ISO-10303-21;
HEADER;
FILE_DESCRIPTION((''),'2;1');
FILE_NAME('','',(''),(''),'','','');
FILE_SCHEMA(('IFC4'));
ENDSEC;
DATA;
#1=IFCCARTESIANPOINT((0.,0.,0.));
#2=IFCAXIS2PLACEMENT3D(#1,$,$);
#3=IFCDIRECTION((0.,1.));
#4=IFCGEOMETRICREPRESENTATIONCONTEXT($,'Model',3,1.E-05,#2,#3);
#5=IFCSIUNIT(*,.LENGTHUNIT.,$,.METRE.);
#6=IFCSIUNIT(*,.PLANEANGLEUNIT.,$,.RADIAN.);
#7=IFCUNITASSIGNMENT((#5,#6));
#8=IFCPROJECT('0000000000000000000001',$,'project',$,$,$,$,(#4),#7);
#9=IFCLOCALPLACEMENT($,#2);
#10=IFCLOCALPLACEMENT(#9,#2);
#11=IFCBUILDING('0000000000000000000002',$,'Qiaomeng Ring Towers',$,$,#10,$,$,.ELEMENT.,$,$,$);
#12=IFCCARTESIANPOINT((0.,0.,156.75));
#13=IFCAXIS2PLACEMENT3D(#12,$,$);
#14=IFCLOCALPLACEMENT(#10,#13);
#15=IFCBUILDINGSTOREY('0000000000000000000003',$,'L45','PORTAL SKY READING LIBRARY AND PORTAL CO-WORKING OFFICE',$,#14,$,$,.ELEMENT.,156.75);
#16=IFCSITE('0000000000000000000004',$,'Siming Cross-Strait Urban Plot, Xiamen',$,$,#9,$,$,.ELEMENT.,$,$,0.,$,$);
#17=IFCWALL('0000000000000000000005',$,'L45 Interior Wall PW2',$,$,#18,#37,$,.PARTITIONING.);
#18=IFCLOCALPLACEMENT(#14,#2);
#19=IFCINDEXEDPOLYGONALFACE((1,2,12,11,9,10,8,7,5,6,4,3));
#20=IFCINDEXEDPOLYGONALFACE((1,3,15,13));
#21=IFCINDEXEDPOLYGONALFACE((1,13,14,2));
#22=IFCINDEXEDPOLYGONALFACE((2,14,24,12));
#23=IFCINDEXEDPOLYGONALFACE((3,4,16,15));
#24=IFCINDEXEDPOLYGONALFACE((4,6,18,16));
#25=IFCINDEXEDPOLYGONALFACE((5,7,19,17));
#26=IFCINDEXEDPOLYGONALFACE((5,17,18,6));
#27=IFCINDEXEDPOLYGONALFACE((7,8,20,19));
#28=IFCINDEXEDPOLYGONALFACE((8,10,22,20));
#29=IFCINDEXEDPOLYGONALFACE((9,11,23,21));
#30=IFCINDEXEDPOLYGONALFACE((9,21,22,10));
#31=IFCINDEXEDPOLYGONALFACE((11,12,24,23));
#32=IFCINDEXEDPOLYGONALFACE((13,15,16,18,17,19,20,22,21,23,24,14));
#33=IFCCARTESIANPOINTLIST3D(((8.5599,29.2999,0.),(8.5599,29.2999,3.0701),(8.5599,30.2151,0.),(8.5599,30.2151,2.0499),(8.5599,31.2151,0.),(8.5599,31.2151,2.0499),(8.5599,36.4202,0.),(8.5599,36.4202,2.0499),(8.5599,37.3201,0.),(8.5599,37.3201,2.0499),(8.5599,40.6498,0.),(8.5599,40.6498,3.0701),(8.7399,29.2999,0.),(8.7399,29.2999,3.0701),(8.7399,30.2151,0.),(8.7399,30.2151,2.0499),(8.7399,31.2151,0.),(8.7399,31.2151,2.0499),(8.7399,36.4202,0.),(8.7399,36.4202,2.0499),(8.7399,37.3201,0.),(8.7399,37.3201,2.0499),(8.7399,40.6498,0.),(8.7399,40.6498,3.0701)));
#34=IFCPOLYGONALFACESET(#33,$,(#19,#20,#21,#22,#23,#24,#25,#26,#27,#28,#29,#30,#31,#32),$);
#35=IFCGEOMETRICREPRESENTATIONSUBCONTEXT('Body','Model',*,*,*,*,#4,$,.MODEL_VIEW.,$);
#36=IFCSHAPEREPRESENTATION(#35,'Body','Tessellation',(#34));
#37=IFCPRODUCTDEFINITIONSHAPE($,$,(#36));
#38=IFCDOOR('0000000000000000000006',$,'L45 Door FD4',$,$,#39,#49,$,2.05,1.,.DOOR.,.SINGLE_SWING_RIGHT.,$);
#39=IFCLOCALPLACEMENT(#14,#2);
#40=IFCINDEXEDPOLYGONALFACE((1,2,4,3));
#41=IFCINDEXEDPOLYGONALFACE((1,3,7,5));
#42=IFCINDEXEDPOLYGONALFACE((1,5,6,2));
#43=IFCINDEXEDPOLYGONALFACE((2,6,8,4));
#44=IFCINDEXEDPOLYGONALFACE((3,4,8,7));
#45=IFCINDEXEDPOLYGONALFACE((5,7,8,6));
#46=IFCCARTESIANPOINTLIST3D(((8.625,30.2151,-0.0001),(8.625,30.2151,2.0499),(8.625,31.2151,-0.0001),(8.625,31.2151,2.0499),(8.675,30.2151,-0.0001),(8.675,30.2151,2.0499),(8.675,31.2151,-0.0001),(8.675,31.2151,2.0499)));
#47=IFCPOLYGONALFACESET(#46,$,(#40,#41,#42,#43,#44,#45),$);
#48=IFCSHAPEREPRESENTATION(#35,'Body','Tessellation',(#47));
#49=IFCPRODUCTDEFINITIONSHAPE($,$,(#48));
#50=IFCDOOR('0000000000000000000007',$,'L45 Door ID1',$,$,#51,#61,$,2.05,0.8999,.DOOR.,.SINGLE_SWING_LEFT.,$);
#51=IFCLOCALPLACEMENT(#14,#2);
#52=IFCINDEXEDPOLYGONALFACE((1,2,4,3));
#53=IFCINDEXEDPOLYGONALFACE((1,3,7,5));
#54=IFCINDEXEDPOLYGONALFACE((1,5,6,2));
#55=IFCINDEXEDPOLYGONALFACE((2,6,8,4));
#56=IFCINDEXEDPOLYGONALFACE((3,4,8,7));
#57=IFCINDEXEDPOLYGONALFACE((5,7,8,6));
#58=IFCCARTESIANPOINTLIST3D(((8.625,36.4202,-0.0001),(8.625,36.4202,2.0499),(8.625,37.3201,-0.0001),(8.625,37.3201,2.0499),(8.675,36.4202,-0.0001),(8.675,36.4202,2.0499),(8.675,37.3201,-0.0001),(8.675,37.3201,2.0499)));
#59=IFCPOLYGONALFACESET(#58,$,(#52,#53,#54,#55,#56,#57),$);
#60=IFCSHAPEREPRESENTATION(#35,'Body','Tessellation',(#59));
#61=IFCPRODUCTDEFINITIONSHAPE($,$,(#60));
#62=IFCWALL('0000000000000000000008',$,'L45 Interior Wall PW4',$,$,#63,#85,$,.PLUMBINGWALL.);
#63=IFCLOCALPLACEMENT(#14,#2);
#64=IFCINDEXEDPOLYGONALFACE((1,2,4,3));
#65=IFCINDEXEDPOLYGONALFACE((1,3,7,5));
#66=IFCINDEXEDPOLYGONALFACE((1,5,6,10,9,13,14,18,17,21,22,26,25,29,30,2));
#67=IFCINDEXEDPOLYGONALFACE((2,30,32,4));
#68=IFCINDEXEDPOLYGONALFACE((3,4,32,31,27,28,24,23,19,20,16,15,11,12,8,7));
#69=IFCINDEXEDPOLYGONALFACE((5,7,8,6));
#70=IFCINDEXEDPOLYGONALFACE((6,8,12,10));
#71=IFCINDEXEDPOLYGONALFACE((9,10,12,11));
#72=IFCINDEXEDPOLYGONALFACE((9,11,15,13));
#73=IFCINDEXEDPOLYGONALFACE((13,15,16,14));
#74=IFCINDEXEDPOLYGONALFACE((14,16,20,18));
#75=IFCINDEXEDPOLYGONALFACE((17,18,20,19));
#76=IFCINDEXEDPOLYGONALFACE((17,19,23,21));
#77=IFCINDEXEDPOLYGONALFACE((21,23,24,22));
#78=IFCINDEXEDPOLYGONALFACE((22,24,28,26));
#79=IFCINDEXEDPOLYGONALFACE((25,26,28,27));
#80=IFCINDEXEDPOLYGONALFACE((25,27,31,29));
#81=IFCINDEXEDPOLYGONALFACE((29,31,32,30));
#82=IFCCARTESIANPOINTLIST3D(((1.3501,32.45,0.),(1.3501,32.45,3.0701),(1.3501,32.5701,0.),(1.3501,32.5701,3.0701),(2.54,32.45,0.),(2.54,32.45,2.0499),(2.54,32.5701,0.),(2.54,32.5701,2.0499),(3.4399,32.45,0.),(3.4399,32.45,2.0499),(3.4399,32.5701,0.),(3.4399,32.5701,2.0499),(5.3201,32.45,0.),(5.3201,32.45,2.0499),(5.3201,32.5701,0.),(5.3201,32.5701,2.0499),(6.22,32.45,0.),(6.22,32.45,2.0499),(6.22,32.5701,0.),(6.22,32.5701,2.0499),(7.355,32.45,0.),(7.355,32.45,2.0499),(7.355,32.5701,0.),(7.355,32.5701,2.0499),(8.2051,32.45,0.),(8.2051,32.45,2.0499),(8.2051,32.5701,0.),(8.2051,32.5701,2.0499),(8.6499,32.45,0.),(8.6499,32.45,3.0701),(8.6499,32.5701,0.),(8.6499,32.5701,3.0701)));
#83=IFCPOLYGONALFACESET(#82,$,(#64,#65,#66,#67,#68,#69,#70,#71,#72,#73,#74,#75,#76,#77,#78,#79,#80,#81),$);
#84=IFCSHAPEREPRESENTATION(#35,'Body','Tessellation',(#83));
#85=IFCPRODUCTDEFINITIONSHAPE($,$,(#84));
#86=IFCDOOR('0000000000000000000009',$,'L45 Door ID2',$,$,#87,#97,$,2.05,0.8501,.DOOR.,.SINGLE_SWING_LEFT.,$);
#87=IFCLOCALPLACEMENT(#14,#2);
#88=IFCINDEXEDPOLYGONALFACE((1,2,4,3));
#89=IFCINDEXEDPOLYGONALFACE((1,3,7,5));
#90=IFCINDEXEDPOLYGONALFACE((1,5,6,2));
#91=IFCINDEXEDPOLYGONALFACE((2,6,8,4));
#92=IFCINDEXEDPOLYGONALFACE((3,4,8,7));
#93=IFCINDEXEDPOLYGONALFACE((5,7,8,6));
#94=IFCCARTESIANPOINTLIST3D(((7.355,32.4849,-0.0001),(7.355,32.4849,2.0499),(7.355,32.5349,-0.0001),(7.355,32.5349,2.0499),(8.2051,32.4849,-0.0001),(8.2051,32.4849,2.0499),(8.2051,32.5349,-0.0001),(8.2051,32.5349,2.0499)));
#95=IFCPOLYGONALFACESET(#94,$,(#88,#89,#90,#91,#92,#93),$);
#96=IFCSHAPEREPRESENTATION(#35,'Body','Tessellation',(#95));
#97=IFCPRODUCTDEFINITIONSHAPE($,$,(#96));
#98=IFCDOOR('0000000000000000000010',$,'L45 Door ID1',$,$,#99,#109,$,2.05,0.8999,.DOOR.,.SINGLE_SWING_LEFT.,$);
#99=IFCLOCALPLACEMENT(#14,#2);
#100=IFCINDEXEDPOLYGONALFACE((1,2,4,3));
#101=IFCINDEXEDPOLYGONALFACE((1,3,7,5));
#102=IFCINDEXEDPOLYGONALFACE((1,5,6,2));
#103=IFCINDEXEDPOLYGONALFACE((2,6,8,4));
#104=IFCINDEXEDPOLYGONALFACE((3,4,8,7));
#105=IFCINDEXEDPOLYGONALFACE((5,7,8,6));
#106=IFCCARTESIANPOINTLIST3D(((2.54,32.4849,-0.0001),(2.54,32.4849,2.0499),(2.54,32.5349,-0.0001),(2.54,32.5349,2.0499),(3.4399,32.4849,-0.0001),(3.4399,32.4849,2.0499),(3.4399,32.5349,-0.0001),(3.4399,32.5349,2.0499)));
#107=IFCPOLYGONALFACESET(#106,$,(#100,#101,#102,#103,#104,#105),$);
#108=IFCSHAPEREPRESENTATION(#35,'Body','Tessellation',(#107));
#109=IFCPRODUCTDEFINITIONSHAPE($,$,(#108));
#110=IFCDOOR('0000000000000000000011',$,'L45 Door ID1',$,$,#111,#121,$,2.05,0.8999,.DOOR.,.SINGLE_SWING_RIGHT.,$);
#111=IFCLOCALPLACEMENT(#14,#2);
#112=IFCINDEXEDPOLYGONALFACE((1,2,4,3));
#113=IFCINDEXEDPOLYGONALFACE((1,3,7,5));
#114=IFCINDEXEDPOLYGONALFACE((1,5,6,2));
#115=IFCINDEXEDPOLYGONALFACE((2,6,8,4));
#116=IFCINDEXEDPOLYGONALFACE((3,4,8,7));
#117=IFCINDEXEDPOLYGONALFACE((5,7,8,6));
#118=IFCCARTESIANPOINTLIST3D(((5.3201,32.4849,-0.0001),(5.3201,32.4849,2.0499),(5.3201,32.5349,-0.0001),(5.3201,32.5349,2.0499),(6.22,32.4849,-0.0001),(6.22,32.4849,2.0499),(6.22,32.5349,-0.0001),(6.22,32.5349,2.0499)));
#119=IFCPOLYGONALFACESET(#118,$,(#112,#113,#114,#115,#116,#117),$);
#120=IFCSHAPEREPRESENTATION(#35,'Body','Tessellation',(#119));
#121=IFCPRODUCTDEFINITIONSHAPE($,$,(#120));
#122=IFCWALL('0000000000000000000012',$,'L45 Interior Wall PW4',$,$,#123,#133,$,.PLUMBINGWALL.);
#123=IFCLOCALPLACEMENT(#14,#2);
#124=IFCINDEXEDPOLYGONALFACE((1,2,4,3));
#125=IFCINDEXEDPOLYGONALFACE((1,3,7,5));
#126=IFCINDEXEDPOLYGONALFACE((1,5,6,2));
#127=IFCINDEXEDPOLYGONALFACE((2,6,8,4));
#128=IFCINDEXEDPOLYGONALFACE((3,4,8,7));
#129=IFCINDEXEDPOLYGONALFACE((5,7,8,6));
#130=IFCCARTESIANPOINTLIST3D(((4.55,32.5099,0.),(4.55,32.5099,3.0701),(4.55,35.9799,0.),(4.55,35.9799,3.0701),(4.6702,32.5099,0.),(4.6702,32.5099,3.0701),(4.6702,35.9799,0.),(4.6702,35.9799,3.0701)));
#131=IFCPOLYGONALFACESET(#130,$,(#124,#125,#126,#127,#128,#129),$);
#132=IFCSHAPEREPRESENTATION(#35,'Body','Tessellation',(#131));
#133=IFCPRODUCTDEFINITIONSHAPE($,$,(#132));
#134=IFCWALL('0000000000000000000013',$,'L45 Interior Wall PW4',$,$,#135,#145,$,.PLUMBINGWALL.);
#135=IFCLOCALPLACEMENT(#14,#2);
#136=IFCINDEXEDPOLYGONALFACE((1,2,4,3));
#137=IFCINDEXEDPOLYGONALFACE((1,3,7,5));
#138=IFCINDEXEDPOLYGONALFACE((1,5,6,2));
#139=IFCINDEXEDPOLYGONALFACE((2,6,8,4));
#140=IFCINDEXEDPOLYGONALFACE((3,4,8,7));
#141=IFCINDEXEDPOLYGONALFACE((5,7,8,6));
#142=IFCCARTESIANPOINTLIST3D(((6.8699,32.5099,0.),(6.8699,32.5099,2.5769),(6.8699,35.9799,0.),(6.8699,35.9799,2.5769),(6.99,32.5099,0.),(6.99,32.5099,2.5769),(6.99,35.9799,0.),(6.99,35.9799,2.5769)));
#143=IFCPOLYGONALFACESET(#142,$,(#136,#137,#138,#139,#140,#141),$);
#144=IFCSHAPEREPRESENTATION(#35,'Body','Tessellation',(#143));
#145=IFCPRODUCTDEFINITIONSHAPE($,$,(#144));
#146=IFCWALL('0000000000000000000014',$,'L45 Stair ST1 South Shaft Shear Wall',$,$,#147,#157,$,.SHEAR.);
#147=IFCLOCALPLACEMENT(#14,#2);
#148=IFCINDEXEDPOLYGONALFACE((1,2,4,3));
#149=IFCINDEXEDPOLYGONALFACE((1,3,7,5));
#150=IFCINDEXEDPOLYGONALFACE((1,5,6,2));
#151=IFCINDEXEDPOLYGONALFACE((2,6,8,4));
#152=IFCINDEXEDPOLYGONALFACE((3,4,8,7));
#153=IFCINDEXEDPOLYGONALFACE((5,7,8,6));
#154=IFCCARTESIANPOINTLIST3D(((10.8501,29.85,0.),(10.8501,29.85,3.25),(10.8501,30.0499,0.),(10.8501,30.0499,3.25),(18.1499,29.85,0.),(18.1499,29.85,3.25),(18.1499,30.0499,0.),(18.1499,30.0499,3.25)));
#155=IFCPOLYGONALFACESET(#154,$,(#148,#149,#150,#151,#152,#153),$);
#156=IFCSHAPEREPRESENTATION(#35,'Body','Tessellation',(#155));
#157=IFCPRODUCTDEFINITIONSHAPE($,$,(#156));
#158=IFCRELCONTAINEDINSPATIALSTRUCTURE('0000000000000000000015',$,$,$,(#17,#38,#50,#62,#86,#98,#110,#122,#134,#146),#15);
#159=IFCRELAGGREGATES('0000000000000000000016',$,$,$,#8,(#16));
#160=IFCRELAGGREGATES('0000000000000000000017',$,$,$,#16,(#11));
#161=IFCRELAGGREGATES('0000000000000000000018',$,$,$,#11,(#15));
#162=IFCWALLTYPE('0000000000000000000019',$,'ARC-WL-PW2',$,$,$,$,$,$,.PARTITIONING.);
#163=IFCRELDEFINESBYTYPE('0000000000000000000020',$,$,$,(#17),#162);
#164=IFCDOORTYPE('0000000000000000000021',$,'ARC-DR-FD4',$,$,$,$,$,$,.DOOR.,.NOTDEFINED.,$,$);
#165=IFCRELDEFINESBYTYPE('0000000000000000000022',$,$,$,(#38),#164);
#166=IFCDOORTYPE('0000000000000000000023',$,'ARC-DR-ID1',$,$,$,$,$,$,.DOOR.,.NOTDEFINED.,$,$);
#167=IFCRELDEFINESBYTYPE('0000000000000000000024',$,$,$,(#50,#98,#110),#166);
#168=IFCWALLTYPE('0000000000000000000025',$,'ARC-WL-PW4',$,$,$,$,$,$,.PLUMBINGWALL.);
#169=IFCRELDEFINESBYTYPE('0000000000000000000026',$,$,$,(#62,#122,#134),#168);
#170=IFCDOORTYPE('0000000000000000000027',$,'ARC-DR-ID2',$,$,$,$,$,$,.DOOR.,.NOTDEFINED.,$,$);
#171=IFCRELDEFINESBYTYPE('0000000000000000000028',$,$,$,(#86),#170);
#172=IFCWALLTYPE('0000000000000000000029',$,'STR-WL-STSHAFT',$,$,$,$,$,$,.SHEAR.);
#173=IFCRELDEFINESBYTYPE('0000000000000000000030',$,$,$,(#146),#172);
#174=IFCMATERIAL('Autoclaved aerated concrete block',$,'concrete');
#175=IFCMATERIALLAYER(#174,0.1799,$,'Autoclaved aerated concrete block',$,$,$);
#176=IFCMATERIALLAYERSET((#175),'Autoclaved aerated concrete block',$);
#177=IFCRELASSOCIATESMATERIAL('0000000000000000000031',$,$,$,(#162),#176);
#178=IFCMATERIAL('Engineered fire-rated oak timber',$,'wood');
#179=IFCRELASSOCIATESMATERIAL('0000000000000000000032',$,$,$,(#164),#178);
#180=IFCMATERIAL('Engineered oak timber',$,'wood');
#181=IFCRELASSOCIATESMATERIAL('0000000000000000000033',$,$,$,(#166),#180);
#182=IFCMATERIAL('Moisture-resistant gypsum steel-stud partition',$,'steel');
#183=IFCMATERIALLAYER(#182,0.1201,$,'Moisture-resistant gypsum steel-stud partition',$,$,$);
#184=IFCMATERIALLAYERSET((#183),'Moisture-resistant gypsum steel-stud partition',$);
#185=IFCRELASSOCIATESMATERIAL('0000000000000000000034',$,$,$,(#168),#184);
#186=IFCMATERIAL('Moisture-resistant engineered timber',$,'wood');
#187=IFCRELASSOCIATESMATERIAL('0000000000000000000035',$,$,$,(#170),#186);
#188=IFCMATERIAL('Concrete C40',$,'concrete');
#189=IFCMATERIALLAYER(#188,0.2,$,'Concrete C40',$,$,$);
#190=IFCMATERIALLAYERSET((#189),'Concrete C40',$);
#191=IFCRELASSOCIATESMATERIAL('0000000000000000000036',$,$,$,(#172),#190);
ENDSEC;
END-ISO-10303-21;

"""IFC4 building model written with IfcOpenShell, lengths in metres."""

from ifc_helpers import new_model, si_unit, direction, frame, frame_2d, origin, place, context, subcontext, project, spatial, rectangle, extrude, source, transform, mapped, material, layer, layer_set, type_object, element, fill, save


model = new_model("IFC4")

# Units and contexts
model_context = context("Model", 3, precision=1e-05, world=origin(), true_north=direction((0.0, 1.0)))
body_context = subcontext(model_context, "Body", "Model", "MODEL_VIEW")
ifc_project = project(units=[si_unit("LENGTHUNIT", "METRE"), si_unit("PLANEANGLEUNIT", "RADIAN")], contexts=[model_context])

# Site, building, storey
site_placement = place(None, origin())
site = spatial("IfcSite", under=ifc_project, at=site_placement, Name="Siming Cross-Strait Urban Plot, Xiamen", CompositionType="ELEMENT", RefElevation=0.0)
building_placement = place(site_placement, origin())
building = spatial("IfcBuilding", under=site, at=building_placement, Name="Qiaomeng Ring Towers", CompositionType="ELEMENT")
storey_placement = place(building_placement, frame((0.0, 0.0, 156.75)))
storey = spatial("IfcBuildingStorey", under=building, at=storey_placement, Name="L45", Description="PORTAL SKY READING LIBRARY AND PORTAL CO-WORKING OFFICE", CompositionType="ELEMENT", Elevation=156.75)

# Walls, openings, doors
ifc_material_1 = material(Name="Autoclaved aerated concrete block", Category="concrete")
ifc_layer_1 = layer(ifc_material_1, 0.1799, Name="Autoclaved aerated concrete block")
ifc_layer_set_1 = layer_set([ifc_layer_1], Name="Autoclaved aerated concrete block")
wall_type_1 = type_object("IfcWallType", Name="ARC-WL-PW2", PredefinedType="PARTITIONING", material=ifc_layer_set_1)
wall_1_placement = place(storey_placement, frame((8.6499, 29.3, 0.0), z_axis=(0.0, 0.0, 1.0), x_axis=(0.0, 1.0, 0.0)))
wall_1 = element("IfcWall", 1, at=wall_1_placement, inside=storey, type_object=wall_type_1, Name="L45 Interior Wall PW2", PredefinedType="PARTITIONING", context=body_context, shape_type="SweptSolid", body=[
    extrude(rectangle(XDim=11.3499, YDim=0.1799, at=frame_2d((5.6748, 0.0))), origin(), (0.0, 0.0, 1.0), 3.0701),
])
opening_1_placement = place(wall_1_placement, frame((0.915, 0.0, 0.0)))
opening_1 = element("IfcOpeningElement", 2, at=opening_1_placement, cuts=wall_1, PredefinedType="OPENING", context=body_context, shape_type="SweptSolid", body=[
    extrude(rectangle(XDim=1.0, YDim=2.05, at=frame_2d((0.5, 1.0249))), frame((0.0, 0.0999, 0.0), z_axis=(0.0, -1.0, 0.0), x_axis=(1.0, 0.0, 0.0)), (0.0, 0.0, 1.0), 0.2),
])
opening_2_placement = place(wall_1_placement, frame((7.1201, 0.0, 0.0)))
opening_2 = element("IfcOpeningElement", 3, at=opening_2_placement, cuts=wall_1, PredefinedType="OPENING", context=body_context, shape_type="SweptSolid", body=[
    extrude(rectangle(XDim=0.8999, YDim=2.05, at=frame_2d((0.45, 1.0249))), frame((0.0, 0.0999, 0.0), z_axis=(0.0, -1.0, 0.0), x_axis=(1.0, 0.0, 0.0)), (0.0, 0.0, 1.0), 0.2),
])
ifc_material_2 = material(Name="Engineered fire-rated oak timber", Category="wood")
door_type_1 = type_object("IfcDoorType", Name="ARC-DR-FD4", OperationType="NOTDEFINED", PredefinedType="DOOR", material=ifc_material_2)
shared_shape_1 = source(origin(), body_context, "Body", "SweptSolid", [
    extrude(rectangle(XDim=1.0, YDim=2.05, at=frame_2d((0.5, 1.0249))), frame((0.0, 0.0249, 0.0), z_axis=(0.0, -1.0, 0.0), x_axis=(1.0, 0.0, 0.0)), (0.0, 0.0, 1.0), 0.05),
])
door_1_placement = place(opening_1_placement, origin())
door_1 = element("IfcDoor", 4, at=door_1_placement, inside=storey, type_object=door_type_1, Name="L45 Door FD4", OperationType="SINGLE_SWING_RIGHT", OverallHeight=2.05, OverallWidth=1.0, PredefinedType="DOOR", context=body_context, shape_type="MappedRepresentation", body=[
    mapped(shared_shape_1, transform((0.0, 0.0, 0.0), x_axis=(1.0, 0.0, 0.0), y_axis=(0.0, 1.0, 0.0), z_axis=(0.0, 0.0, 1.0), scale=1.0)),
])
fill(opening_1, door_1)
ifc_material_3 = material(Name="Engineered oak timber", Category="wood")
door_type_2 = type_object("IfcDoorType", Name="ARC-DR-ID1", OperationType="NOTDEFINED", PredefinedType="DOOR", material=ifc_material_3)
shared_shape_2 = source(origin(), body_context, "Body", "SweptSolid", [
    extrude(rectangle(XDim=0.8999, YDim=2.05, at=frame_2d((0.45, 1.0249))), frame((0.0, 0.0249, 0.0), z_axis=(0.0, -1.0, 0.0), x_axis=(1.0, 0.0, 0.0)), (0.0, 0.0, 1.0), 0.05),
])
door_2_placement = place(opening_2_placement, origin())
door_2 = element("IfcDoor", 5, at=door_2_placement, inside=storey, type_object=door_type_2, Name="L45 Door ID1", OperationType="SINGLE_SWING_LEFT", OverallHeight=2.05, OverallWidth=0.8999, PredefinedType="DOOR", context=body_context, shape_type="MappedRepresentation", body=[
    mapped(shared_shape_2, transform((0.0, 0.0, 0.0), x_axis=(1.0, 0.0, 0.0), y_axis=(0.0, 1.0, 0.0), z_axis=(0.0, 0.0, 1.0), scale=1.0)),
])
fill(opening_2, door_2)
ifc_material_4 = material(Name="Moisture-resistant gypsum steel-stud partition", Category="steel")
ifc_layer_2 = layer(ifc_material_4, 0.1201, Name="Moisture-resistant gypsum steel-stud partition")
ifc_layer_set_2 = layer_set([ifc_layer_2], Name="Moisture-resistant gypsum steel-stud partition")
wall_type_2 = type_object("IfcWallType", Name="ARC-WL-PW4", PredefinedType="PLUMBINGWALL", material=ifc_layer_set_2)
wall_2_placement = place(storey_placement, frame((1.3501, 32.51, 0.0), z_axis=(0.0, 0.0, 1.0), x_axis=(1.0, 0.0, 0.0)))
wall_2 = element("IfcWall", 6, at=wall_2_placement, inside=storey, type_object=wall_type_2, Name="L45 Interior Wall PW4", PredefinedType="PLUMBINGWALL", context=body_context, shape_type="SweptSolid", body=[
    extrude(rectangle(XDim=7.2998, YDim=0.1201, at=frame_2d((3.6499, 0.0))), origin(), (0.0, 0.0, 1.0), 3.0701),
])
opening_3_placement = place(wall_2_placement, frame((1.1899, 0.0, 0.0)))
opening_3 = element("IfcOpeningElement", 7, at=opening_3_placement, cuts=wall_2, PredefinedType="OPENING", context=body_context, shape_type="SweptSolid", body=[
    extrude(rectangle(XDim=0.8999, YDim=2.05, at=frame_2d((0.45, 1.0249))), frame((0.0, 0.0701, 0.0), z_axis=(0.0, -1.0, 0.0), x_axis=(1.0, 0.0, 0.0)), (0.0, 0.0, 1.0), 0.1401),
])
opening_4_placement = place(wall_2_placement, frame((3.97, 0.0, 0.0)))
opening_4 = element("IfcOpeningElement", 8, at=opening_4_placement, cuts=wall_2, PredefinedType="OPENING", context=body_context, shape_type="SweptSolid", body=[
    extrude(rectangle(XDim=0.8999, YDim=2.05, at=frame_2d((0.45, 1.0249))), frame((0.0, 0.0701, 0.0), z_axis=(0.0, -1.0, 0.0), x_axis=(1.0, 0.0, 0.0)), (0.0, 0.0, 1.0), 0.1401),
])
opening_5_placement = place(wall_2_placement, frame((6.0049, 0.0, 0.0)))
opening_5 = element("IfcOpeningElement", 9, at=opening_5_placement, cuts=wall_2, PredefinedType="OPENING", context=body_context, shape_type="SweptSolid", body=[
    extrude(rectangle(XDim=0.8501, YDim=2.05, at=frame_2d((0.425, 1.0249))), frame((0.0, 0.0701, 0.0), z_axis=(0.0, -1.0, 0.0), x_axis=(1.0, 0.0, 0.0)), (0.0, 0.0, 1.0), 0.1401),
])
ifc_material_5 = material(Name="Moisture-resistant engineered timber", Category="wood")
door_type_3 = type_object("IfcDoorType", Name="ARC-DR-ID2", OperationType="NOTDEFINED", PredefinedType="DOOR", material=ifc_material_5)
shared_shape_3 = source(origin(), body_context, "Body", "SweptSolid", [
    extrude(rectangle(XDim=0.8501, YDim=2.05, at=frame_2d((0.425, 1.0249))), frame((0.0, 0.0249, 0.0), z_axis=(0.0, -1.0, 0.0), x_axis=(1.0, 0.0, 0.0)), (0.0, 0.0, 1.0), 0.05),
])
door_3_placement = place(opening_5_placement, origin())
door_3 = element("IfcDoor", 10, at=door_3_placement, inside=storey, type_object=door_type_3, Name="L45 Door ID2", OperationType="SINGLE_SWING_LEFT", OverallHeight=2.05, OverallWidth=0.8501, PredefinedType="DOOR", context=body_context, shape_type="MappedRepresentation", body=[
    mapped(shared_shape_3, transform((0.0, 0.0, 0.0), x_axis=(1.0, 0.0, 0.0), y_axis=(0.0, 1.0, 0.0), z_axis=(0.0, 0.0, 1.0), scale=1.0)),
])
fill(opening_5, door_3)
door_4_placement = place(opening_3_placement, origin())
door_4 = element("IfcDoor", 11, at=door_4_placement, inside=storey, type_object=door_type_2, Name="L45 Door ID1", OperationType="SINGLE_SWING_LEFT", OverallHeight=2.05, OverallWidth=0.8999, PredefinedType="DOOR", context=body_context, shape_type="MappedRepresentation", body=[
    mapped(shared_shape_2, transform((0.0, 0.0, 0.0), x_axis=(1.0, 0.0, 0.0), y_axis=(0.0, 1.0, 0.0), z_axis=(0.0, 0.0, 1.0), scale=1.0)),
])
fill(opening_3, door_4)
door_5_placement = place(opening_4_placement, origin())
door_5 = element("IfcDoor", 12, at=door_5_placement, inside=storey, type_object=door_type_2, Name="L45 Door ID1", OperationType="SINGLE_SWING_RIGHT", OverallHeight=2.05, OverallWidth=0.8999, PredefinedType="DOOR", context=body_context, shape_type="MappedRepresentation", body=[
    mapped(shared_shape_2, transform((0.0, 0.0, 0.0), x_axis=(1.0, 0.0, 0.0), y_axis=(0.0, 1.0, 0.0), z_axis=(0.0, 0.0, 1.0), scale=1.0)),
])
fill(opening_4, door_5)

# Walls
wall_3_placement = place(storey_placement, frame((4.6101, 32.51, 0.0), z_axis=(0.0, 0.0, 1.0), x_axis=(0.0, 1.0, 0.0)))
element("IfcWall", 13, at=wall_3_placement, inside=storey, type_object=wall_type_2, Name="L45 Interior Wall PW4", PredefinedType="PLUMBINGWALL", context=body_context, shape_type="SweptSolid", body=[
    extrude(rectangle(XDim=3.47, YDim=0.1201, at=frame_2d((1.7349, 0.0))), origin(), (0.0, 0.0, 1.0), 3.0701),
])
wall_4_placement = place(storey_placement, frame((6.9299, 32.51, 0.0), z_axis=(0.0, 0.0, 1.0), x_axis=(0.0, 1.0, 0.0)))
element("IfcWall", 14, at=wall_4_placement, inside=storey, type_object=wall_type_2, Name="L45 Interior Wall PW4", PredefinedType="PLUMBINGWALL", context=body_context, shape_type="SweptSolid", body=[
    extrude(rectangle(XDim=3.47, YDim=0.1201, at=frame_2d((1.7349, 0.0))), origin(), (0.0, 0.0, 1.0), 2.5769),
])
ifc_material_6 = material(Name="Concrete C40", Category="concrete")
ifc_layer_3 = layer(ifc_material_6, 0.2, Name="Concrete C40")
ifc_layer_set_3 = layer_set([ifc_layer_3], Name="Concrete C40")
wall_type_3 = type_object("IfcWallType", Name="STR-WL-STSHAFT", PredefinedType="SHEAR", material=ifc_layer_set_3)
wall_5_placement = place(storey_placement, frame((10.8501, 29.95, 0.0), z_axis=(0.0, 0.0, 1.0), x_axis=(1.0, 0.0, 0.0)))
element("IfcWall", 15, at=wall_5_placement, inside=storey, type_object=wall_type_3, Name="L45 Stair ST1 South Shaft Shear Wall", PredefinedType="SHEAR", context=body_context, shape_type="SweptSolid", body=[
    extrude(rectangle(XDim=7.2998, YDim=0.2, at=frame_2d((3.6499, 0.0))), origin(), (0.0, 0.0, 1.0), 3.25),
])

save(model, "model.ifc")
